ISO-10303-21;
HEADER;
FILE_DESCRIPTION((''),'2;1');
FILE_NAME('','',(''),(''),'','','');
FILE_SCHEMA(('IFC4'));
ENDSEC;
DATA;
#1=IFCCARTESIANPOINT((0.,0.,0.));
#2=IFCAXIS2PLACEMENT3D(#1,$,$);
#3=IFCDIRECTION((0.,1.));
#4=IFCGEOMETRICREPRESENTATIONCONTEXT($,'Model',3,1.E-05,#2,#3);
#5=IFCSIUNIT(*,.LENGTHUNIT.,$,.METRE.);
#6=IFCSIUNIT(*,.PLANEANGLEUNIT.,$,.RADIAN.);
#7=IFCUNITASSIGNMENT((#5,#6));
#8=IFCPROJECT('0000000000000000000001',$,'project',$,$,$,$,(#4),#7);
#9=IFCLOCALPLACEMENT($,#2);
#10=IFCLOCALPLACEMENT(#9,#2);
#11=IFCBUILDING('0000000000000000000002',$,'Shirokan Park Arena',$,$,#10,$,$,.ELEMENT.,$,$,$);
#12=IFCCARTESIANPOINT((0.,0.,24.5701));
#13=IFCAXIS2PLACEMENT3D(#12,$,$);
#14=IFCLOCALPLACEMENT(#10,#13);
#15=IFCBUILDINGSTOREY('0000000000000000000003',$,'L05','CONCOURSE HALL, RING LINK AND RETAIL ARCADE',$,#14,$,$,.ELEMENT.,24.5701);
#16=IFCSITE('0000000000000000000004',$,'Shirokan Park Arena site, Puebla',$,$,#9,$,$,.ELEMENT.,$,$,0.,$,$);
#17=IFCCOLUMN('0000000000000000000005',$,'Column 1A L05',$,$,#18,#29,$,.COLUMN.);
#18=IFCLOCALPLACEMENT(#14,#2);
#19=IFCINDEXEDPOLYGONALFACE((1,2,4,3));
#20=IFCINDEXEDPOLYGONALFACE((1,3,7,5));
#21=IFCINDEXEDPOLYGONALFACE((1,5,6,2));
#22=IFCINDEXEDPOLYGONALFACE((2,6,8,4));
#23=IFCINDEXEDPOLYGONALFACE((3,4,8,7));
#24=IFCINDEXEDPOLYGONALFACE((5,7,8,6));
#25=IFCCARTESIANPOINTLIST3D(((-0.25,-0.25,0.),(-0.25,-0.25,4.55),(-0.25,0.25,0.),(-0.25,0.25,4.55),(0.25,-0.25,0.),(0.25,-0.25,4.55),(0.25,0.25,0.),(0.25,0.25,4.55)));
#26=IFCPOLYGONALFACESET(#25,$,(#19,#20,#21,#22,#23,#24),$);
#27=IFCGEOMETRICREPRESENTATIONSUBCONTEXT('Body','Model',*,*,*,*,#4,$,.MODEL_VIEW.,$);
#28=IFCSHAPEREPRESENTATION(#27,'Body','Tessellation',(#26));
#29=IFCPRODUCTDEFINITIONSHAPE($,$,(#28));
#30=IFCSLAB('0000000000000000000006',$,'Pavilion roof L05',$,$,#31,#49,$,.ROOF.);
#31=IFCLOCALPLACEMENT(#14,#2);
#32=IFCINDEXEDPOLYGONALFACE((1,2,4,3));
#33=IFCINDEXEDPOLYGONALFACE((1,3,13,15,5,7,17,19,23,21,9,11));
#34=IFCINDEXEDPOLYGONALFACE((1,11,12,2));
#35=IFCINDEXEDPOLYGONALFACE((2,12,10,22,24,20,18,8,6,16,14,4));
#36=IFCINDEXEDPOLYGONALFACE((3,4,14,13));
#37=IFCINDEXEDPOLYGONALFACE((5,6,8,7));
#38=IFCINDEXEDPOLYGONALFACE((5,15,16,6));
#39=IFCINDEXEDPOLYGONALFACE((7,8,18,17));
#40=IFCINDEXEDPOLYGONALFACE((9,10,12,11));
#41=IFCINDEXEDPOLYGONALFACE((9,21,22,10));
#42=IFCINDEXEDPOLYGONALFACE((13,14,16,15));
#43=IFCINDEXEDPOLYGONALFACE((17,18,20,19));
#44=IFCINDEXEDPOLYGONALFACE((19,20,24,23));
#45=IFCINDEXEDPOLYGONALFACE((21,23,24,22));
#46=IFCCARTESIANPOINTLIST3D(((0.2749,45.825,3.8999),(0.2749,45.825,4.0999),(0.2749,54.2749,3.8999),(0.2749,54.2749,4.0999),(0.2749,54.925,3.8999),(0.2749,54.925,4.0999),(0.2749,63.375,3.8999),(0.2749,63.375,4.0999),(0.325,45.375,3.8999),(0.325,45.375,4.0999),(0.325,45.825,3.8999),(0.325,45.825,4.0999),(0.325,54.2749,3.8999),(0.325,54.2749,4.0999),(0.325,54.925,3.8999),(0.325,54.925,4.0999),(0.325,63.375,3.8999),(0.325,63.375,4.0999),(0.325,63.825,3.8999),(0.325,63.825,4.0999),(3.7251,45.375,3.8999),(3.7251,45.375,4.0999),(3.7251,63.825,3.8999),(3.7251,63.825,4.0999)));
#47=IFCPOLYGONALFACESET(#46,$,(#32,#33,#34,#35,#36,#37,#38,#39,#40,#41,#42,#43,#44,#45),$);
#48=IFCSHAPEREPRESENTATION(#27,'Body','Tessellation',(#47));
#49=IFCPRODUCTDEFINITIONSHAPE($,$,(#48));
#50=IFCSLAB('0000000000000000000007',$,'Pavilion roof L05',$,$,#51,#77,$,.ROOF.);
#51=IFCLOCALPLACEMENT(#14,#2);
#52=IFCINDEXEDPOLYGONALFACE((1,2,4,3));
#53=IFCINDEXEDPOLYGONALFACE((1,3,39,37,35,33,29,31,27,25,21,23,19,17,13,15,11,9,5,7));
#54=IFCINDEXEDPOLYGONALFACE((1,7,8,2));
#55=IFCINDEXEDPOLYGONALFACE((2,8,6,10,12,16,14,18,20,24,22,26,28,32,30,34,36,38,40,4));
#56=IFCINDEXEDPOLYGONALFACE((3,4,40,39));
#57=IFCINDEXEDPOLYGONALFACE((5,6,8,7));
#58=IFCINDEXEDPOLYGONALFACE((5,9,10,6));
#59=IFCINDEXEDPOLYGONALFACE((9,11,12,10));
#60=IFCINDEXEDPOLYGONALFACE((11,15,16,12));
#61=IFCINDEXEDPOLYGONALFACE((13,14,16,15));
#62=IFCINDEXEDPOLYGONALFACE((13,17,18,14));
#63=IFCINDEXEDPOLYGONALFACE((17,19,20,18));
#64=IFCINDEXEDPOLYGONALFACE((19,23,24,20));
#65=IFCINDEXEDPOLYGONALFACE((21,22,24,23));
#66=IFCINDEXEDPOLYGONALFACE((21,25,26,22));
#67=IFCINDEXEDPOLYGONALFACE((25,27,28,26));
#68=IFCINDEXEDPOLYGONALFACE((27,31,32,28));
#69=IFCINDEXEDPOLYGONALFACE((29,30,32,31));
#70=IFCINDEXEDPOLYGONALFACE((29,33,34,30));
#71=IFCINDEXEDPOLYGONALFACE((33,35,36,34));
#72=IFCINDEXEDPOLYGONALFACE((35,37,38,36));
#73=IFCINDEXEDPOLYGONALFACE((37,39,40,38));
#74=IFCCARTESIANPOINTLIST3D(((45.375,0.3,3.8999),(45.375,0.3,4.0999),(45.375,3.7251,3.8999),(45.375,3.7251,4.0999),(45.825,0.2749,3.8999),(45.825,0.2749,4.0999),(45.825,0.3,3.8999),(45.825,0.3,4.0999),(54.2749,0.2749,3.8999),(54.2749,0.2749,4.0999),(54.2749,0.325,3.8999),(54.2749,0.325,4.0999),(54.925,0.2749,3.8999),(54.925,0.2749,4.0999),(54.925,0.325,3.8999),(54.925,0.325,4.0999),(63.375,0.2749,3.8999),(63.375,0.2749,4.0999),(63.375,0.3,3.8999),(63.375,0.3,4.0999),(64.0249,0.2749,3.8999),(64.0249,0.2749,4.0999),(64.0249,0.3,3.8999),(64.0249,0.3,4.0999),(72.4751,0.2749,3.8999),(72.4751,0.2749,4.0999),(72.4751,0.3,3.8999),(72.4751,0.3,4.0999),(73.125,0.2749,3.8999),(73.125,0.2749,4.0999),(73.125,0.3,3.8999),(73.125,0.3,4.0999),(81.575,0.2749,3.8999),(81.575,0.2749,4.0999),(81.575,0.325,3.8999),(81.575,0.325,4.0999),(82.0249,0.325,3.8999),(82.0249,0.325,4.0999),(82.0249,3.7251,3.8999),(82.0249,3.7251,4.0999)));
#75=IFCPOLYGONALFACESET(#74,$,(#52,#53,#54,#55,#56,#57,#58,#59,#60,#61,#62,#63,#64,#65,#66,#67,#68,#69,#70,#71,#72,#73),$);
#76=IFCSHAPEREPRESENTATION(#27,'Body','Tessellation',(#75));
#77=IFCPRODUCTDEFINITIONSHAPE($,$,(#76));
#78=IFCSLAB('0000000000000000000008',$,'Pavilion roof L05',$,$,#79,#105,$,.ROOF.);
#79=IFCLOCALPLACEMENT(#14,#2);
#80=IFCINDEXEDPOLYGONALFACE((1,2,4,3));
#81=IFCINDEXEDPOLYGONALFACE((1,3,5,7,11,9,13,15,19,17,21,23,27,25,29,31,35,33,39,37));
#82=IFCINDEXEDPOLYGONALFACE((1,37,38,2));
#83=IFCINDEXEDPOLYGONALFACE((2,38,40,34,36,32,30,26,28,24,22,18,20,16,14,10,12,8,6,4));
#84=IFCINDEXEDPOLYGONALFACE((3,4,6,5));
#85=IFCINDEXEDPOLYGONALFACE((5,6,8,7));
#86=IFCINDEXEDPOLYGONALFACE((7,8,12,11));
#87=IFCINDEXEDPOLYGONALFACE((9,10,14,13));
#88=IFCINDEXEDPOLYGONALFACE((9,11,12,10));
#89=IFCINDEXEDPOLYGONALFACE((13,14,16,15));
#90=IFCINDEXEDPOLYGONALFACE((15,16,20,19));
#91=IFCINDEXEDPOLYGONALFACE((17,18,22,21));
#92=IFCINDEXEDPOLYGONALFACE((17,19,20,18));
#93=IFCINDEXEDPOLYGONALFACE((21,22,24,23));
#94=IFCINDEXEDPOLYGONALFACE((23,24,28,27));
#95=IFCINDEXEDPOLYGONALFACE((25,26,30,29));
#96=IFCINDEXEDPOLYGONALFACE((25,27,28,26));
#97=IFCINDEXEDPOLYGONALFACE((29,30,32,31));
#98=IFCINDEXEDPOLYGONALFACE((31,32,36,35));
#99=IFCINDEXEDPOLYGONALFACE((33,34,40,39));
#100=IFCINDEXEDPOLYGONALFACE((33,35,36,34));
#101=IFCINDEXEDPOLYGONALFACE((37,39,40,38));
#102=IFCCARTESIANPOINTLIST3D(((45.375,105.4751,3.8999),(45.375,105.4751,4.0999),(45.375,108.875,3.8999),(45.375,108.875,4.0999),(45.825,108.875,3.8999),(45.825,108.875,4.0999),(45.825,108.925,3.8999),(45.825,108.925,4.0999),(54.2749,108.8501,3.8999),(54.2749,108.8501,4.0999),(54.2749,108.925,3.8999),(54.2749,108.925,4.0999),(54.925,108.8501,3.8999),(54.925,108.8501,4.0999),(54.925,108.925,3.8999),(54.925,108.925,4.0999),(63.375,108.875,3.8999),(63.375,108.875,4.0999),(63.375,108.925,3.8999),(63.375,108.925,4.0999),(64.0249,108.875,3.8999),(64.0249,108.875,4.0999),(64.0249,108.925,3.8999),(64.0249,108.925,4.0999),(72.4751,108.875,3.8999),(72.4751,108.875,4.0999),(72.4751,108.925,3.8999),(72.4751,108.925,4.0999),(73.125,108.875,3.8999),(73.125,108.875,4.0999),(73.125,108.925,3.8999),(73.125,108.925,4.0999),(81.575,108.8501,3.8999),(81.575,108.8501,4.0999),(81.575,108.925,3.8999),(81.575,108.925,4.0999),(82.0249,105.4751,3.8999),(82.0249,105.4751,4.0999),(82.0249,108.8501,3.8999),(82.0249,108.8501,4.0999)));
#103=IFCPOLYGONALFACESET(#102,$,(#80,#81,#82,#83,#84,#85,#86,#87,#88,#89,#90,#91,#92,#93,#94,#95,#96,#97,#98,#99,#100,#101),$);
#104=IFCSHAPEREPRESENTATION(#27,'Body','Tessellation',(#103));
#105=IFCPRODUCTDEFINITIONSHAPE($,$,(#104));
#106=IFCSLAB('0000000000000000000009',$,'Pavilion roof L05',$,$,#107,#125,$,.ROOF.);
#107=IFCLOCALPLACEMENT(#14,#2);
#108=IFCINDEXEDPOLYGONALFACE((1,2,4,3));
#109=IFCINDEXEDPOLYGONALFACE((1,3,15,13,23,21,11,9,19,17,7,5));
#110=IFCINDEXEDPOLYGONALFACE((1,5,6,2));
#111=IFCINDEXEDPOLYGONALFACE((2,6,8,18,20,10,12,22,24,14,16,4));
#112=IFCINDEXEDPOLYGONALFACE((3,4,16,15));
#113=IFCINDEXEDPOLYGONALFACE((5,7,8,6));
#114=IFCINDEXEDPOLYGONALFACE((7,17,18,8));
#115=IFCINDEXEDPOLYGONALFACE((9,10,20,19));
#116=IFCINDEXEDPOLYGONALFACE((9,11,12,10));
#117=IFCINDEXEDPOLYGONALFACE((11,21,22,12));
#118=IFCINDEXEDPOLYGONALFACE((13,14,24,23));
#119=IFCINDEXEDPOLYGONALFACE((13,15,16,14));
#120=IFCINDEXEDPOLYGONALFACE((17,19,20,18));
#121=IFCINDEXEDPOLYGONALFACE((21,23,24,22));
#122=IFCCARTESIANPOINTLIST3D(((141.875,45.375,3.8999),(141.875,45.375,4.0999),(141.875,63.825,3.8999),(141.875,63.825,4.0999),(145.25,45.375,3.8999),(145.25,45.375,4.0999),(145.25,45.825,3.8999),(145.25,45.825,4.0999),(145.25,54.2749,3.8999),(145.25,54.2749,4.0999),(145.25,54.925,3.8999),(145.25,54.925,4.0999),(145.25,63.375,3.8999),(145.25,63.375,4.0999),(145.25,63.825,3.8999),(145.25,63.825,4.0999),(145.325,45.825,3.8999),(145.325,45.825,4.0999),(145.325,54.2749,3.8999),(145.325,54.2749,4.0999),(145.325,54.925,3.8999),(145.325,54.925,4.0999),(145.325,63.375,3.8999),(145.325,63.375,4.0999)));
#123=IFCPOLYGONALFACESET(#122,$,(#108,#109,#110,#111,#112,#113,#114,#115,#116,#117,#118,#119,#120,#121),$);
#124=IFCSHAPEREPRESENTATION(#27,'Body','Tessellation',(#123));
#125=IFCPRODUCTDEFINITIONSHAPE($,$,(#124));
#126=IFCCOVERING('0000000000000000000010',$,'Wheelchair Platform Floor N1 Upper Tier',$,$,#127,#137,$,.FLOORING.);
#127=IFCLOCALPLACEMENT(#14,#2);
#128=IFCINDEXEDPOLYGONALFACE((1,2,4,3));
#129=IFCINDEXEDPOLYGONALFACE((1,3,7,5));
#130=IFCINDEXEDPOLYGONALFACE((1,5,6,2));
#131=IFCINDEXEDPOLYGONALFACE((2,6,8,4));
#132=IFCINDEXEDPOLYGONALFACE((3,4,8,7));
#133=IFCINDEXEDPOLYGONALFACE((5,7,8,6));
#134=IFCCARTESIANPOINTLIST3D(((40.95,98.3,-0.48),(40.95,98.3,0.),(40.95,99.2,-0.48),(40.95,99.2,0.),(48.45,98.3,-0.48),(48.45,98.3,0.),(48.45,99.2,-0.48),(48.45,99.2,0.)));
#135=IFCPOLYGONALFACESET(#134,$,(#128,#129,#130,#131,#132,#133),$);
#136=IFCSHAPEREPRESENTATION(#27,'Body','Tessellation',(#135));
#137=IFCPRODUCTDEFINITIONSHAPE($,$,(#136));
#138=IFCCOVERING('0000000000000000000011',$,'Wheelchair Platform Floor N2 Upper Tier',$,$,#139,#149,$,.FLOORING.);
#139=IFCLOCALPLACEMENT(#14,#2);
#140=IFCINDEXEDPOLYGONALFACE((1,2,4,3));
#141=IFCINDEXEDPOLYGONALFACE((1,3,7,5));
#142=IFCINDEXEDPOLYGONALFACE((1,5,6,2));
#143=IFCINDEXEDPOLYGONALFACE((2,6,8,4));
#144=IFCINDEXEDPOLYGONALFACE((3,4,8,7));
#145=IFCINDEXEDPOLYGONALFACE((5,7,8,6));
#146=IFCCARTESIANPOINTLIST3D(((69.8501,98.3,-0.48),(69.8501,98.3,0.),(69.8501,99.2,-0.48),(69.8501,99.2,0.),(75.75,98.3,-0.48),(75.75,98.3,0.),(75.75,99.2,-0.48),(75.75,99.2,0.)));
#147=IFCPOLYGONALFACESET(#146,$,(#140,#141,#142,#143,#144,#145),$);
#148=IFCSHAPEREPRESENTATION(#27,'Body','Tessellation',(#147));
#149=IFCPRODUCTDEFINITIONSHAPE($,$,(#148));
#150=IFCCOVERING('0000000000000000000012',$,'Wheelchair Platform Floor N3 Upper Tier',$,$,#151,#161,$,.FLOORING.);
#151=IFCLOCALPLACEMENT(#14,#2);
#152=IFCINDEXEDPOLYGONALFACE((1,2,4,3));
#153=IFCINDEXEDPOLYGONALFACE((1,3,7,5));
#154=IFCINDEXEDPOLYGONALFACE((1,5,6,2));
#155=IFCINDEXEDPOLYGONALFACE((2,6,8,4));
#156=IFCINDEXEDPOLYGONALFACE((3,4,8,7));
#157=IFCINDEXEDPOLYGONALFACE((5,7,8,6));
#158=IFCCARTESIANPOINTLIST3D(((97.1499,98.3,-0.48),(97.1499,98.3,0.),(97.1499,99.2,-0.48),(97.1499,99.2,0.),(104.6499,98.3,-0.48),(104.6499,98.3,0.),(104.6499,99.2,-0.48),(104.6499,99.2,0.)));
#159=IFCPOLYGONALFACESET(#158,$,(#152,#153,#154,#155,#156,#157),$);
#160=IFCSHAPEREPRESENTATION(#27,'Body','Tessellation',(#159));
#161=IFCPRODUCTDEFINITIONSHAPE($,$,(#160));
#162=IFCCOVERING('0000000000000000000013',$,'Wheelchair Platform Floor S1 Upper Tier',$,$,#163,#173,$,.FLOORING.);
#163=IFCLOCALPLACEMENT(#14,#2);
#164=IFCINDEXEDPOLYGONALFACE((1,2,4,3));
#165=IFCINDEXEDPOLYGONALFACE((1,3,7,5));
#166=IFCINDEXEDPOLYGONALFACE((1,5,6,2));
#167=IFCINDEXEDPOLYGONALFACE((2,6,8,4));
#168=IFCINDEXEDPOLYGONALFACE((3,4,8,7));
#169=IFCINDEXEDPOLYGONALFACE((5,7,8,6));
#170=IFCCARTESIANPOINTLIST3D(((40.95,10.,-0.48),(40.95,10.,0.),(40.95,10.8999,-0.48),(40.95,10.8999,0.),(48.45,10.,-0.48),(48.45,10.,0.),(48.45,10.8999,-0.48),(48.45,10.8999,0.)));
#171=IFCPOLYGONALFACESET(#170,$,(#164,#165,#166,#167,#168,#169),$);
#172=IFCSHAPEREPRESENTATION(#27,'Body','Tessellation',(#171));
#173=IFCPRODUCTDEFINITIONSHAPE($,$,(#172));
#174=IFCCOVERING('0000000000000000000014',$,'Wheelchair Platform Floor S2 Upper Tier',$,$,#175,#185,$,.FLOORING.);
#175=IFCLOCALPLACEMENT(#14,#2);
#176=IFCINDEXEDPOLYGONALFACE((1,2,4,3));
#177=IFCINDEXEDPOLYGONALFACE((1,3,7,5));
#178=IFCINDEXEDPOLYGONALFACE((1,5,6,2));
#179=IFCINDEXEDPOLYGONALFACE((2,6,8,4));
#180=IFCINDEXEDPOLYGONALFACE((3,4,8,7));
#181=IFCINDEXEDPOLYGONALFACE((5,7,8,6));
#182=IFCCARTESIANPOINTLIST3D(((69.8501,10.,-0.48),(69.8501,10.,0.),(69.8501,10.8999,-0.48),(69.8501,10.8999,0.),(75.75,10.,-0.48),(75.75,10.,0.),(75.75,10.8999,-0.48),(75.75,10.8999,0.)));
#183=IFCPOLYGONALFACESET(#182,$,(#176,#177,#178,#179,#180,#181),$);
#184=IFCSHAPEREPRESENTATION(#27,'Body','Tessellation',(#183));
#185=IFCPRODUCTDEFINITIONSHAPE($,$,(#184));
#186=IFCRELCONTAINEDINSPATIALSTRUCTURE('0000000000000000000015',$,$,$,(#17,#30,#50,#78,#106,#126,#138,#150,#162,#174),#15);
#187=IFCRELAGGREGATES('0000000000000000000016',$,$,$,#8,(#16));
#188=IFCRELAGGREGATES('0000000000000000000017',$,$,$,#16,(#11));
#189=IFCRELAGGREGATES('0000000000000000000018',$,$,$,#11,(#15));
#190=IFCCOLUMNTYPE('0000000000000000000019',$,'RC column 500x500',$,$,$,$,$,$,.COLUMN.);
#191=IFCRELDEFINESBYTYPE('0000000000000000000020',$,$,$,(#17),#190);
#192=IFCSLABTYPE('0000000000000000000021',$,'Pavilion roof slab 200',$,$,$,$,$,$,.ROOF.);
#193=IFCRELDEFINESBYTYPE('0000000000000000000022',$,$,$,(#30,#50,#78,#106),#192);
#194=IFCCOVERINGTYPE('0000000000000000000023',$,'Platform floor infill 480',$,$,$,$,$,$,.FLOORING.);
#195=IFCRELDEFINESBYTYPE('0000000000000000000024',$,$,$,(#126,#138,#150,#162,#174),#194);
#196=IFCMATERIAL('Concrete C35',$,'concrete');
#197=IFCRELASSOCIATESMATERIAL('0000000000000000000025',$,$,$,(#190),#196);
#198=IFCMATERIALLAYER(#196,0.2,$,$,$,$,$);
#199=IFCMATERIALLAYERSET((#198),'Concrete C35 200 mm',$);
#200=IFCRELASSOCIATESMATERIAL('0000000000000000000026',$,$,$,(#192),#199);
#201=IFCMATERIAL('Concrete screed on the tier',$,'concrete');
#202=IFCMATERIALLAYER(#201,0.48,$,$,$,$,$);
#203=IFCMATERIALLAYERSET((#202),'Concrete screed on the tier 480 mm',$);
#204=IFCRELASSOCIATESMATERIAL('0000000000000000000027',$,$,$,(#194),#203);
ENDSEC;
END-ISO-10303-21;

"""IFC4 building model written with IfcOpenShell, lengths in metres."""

from ifc_helpers import new_model, si_unit, direction, frame, origin, origin_with_axes, origin_2d, place, context, subcontext, project, spatial, polyline, rectangle, outline, extrude, material, layer, layer_set, material_profile, profile_set, type_object, element, save


model = new_model("IFC4")

# Units and contexts
model_context = context("Model", 3, precision=1e-05, world=origin(), true_north=direction((0.0, 1.0)))
body_context = subcontext(model_context, "Body", "Model", "MODEL_VIEW")
ifc_project = project(units=[si_unit("LENGTHUNIT", "METRE"), si_unit("PLANEANGLEUNIT", "RADIAN")], contexts=[model_context])

# Site, building, storey
site_placement = place(None, origin())
site = spatial("IfcSite", under=ifc_project, at=site_placement, Name="Shirokan Park Arena site, Puebla", CompositionType="ELEMENT", RefElevation=0.0)
building_placement = place(site_placement, origin())
building = spatial("IfcBuilding", under=site, at=building_placement, Name="Shirokan Park Arena", CompositionType="ELEMENT")
storey_placement = place(building_placement, frame((0.0, 0.0, 24.5701)))
storey = spatial("IfcBuildingStorey", under=building, at=storey_placement, Name="L05", Description="CONCOURSE HALL, RING LINK AND RETAIL ARCADE", CompositionType="ELEMENT", Elevation=24.5701)

# Column
ifc_material_1 = material(Name="Concrete C35", Category="concrete")
ifc_material_profile = material_profile(ifc_material_1, rectangle(XDim=0.5, YDim=0.5, at=origin_2d()), Name="500x500")
ifc_profile_set = profile_set([ifc_material_profile], Name="Concrete C35")
column_type = type_object("IfcColumnType", Name="RC column 500x500", PredefinedType="COLUMN", material=ifc_profile_set)
column_placement = place(storey_placement, origin_with_axes())
element("IfcColumn", 1, at=column_placement, inside=storey, type_object=column_type, Name="Column 1A L05", PredefinedType="COLUMN", context=body_context, shape_type="SweptSolid", body=[
    extrude(rectangle(XDim=0.5, YDim=0.5, at=origin_2d()), origin(), (0.0, 0.0, 1.0), 4.55),
])

# Slabs
ifc_layer_1 = layer(ifc_material_1, 0.2)
ifc_layer_set_1 = layer_set([ifc_layer_1], Name="Concrete C35 200 mm")
slab_type_1 = type_object("IfcSlabType", Name="Pavilion roof slab 200", PredefinedType="ROOF", material=ifc_layer_set_1)
slab_1_placement = place(storey_placement, frame((0.0, 0.0, 3.8999)))
element("IfcSlab", 2, at=slab_1_placement, inside=storey, type_object=slab_type_1, Name="Pavilion roof L05", PredefinedType="ROOF", context=body_context, shape_type="SweptSolid", body=[
    extrude(outline(polyline([(3.7251, 63.825), (3.7251, 45.375), (0.325, 45.375), (0.325, 45.825), (0.2749, 45.825), (0.2749, 54.2749), (0.325, 54.2749), (0.325, 54.925), (0.2749, 54.925), (0.2749, 63.375), (0.325, 63.375), (0.325, 63.825), (3.7251, 63.825)])), origin(), (0.0, 0.0, 1.0), 0.2),
])
slab_2_placement = place(storey_placement, frame((0.0, 0.0, 3.8999)))
element("IfcSlab", 3, at=slab_2_placement, inside=storey, type_object=slab_type_1, Name="Pavilion roof L05", PredefinedType="ROOF", context=body_context, shape_type="SweptSolid", body=[
    extrude(outline(polyline([(82.0249, 3.7251), (82.0249, 0.325), (81.575, 0.325), (81.575, 0.2749), (73.125, 0.2749), (73.125, 0.3), (72.4751, 0.3), (72.4751, 0.2749), (64.0249, 0.2749), (64.0249, 0.3), (63.375, 0.3), (63.375, 0.2749), (54.925, 0.2749), (54.925, 0.325), (54.2749, 0.325), (54.2749, 0.2749), (45.825, 0.2749), (45.825, 0.3), (45.375, 0.3), (45.375, 3.7251), (82.0249, 3.7251)])), origin(), (0.0, 0.0, 1.0), 0.2),
])
slab_3_placement = place(storey_placement, frame((0.0, 0.0, 3.8999)))
element("IfcSlab", 4, at=slab_3_placement, inside=storey, type_object=slab_type_1, Name="Pavilion roof L05", PredefinedType="ROOF", context=body_context, shape_type="SweptSolid", body=[
    extrude(outline(polyline([(45.375, 105.4751), (45.375, 108.875), (45.825, 108.875), (45.825, 108.925), (54.2749, 108.925), (54.2749, 108.8501), (54.925, 108.8501), (54.925, 108.925), (63.375, 108.925), (63.375, 108.875), (64.0249, 108.875), (64.0249, 108.925), (72.4751, 108.925), (72.4751, 108.875), (73.125, 108.875), (73.125, 108.925), (81.575, 108.925), (81.575, 108.8501), (82.0249, 108.8501), (82.0249, 105.4751), (45.375, 105.4751)])), origin(), (0.0, 0.0, 1.0), 0.2),
])
slab_4_placement = place(storey_placement, frame((0.0, 0.0, 3.8999)))
element("IfcSlab", 5, at=slab_4_placement, inside=storey, type_object=slab_type_1, Name="Pavilion roof L05", PredefinedType="ROOF", context=body_context, shape_type="SweptSolid", body=[
    extrude(outline(polyline([(141.875, 63.825), (145.25, 63.825), (145.25, 63.375), (145.325, 63.375), (145.325, 54.925), (145.25, 54.925), (145.25, 54.2749), (145.325, 54.2749), (145.325, 45.825), (145.25, 45.825), (145.25, 45.375), (141.875, 45.375), (141.875, 63.825)])), origin(), (0.0, 0.0, 1.0), 0.2),
])

# Coverings
ifc_material_2 = material(Name="Concrete screed on the tier", Category="concrete")
ifc_layer_2 = layer(ifc_material_2, 0.48)
ifc_layer_set_2 = layer_set([ifc_layer_2], Name="Concrete screed on the tier 480 mm")
covering_type = type_object("IfcCoveringType", Name="Platform floor infill 480", PredefinedType="FLOORING", material=ifc_layer_set_2)
covering_1_placement = place(storey_placement, frame((0.0, 0.0, -0.48)))
element("IfcCovering", 6, at=covering_1_placement, inside=storey, type_object=covering_type, Name="Wheelchair Platform Floor N1 Upper Tier", PredefinedType="FLOORING", context=body_context, shape_type="SweptSolid", body=[
    extrude(outline(polyline([(48.45, 98.3), (48.45, 99.2), (40.95, 99.2), (40.95, 98.3), (48.45, 98.3)])), origin(), (0.0, 0.0, 1.0), 0.48),
])
covering_2_placement = place(storey_placement, frame((0.0, 0.0, -0.48)))
element("IfcCovering", 7, at=covering_2_placement, inside=storey, type_object=covering_type, Name="Wheelchair Platform Floor N2 Upper Tier", PredefinedType="FLOORING", context=body_context, shape_type="SweptSolid", body=[
    extrude(outline(polyline([(75.75, 98.3), (75.75, 99.2), (69.8501, 99.2), (69.8501, 98.3), (75.75, 98.3)])), origin(), (0.0, 0.0, 1.0), 0.48),
])
covering_3_placement = place(storey_placement, frame((0.0, 0.0, -0.48)))
element("IfcCovering", 8, at=covering_3_placement, inside=storey, type_object=covering_type, Name="Wheelchair Platform Floor N3 Upper Tier", PredefinedType="FLOORING", context=body_context, shape_type="SweptSolid", body=[
    extrude(outline(polyline([(104.6499, 98.3), (104.6499, 99.2), (97.1499, 99.2), (97.1499, 98.3), (104.6499, 98.3)])), origin(), (0.0, 0.0, 1.0), 0.48),
])
covering_4_placement = place(storey_placement, frame((0.0, 0.0, -0.48)))
element("IfcCovering", 9, at=covering_4_placement, inside=storey, type_object=covering_type, Name="Wheelchair Platform Floor S1 Upper Tier", PredefinedType="FLOORING", context=body_context, shape_type="SweptSolid", body=[
    extrude(outline(polyline([(48.45, 10.0), (48.45, 10.8999), (40.95, 10.8999), (40.95, 10.0), (48.45, 10.0)])), origin(), (0.0, 0.0, 1.0), 0.48),
])
covering_5_placement = place(storey_placement, frame((0.0, 0.0, -0.48)))
element("IfcCovering", 10, at=covering_5_placement, inside=storey, type_object=covering_type, Name="Wheelchair Platform Floor S2 Upper Tier", PredefinedType="FLOORING", context=body_context, shape_type="SweptSolid", body=[
    extrude(outline(polyline([(75.75, 10.0), (75.75, 10.8999), (69.8501, 10.8999), (69.8501, 10.0), (75.75, 10.0)])), origin(), (0.0, 0.0, 1.0), 0.48),
])

save(model, "model.ifc")
